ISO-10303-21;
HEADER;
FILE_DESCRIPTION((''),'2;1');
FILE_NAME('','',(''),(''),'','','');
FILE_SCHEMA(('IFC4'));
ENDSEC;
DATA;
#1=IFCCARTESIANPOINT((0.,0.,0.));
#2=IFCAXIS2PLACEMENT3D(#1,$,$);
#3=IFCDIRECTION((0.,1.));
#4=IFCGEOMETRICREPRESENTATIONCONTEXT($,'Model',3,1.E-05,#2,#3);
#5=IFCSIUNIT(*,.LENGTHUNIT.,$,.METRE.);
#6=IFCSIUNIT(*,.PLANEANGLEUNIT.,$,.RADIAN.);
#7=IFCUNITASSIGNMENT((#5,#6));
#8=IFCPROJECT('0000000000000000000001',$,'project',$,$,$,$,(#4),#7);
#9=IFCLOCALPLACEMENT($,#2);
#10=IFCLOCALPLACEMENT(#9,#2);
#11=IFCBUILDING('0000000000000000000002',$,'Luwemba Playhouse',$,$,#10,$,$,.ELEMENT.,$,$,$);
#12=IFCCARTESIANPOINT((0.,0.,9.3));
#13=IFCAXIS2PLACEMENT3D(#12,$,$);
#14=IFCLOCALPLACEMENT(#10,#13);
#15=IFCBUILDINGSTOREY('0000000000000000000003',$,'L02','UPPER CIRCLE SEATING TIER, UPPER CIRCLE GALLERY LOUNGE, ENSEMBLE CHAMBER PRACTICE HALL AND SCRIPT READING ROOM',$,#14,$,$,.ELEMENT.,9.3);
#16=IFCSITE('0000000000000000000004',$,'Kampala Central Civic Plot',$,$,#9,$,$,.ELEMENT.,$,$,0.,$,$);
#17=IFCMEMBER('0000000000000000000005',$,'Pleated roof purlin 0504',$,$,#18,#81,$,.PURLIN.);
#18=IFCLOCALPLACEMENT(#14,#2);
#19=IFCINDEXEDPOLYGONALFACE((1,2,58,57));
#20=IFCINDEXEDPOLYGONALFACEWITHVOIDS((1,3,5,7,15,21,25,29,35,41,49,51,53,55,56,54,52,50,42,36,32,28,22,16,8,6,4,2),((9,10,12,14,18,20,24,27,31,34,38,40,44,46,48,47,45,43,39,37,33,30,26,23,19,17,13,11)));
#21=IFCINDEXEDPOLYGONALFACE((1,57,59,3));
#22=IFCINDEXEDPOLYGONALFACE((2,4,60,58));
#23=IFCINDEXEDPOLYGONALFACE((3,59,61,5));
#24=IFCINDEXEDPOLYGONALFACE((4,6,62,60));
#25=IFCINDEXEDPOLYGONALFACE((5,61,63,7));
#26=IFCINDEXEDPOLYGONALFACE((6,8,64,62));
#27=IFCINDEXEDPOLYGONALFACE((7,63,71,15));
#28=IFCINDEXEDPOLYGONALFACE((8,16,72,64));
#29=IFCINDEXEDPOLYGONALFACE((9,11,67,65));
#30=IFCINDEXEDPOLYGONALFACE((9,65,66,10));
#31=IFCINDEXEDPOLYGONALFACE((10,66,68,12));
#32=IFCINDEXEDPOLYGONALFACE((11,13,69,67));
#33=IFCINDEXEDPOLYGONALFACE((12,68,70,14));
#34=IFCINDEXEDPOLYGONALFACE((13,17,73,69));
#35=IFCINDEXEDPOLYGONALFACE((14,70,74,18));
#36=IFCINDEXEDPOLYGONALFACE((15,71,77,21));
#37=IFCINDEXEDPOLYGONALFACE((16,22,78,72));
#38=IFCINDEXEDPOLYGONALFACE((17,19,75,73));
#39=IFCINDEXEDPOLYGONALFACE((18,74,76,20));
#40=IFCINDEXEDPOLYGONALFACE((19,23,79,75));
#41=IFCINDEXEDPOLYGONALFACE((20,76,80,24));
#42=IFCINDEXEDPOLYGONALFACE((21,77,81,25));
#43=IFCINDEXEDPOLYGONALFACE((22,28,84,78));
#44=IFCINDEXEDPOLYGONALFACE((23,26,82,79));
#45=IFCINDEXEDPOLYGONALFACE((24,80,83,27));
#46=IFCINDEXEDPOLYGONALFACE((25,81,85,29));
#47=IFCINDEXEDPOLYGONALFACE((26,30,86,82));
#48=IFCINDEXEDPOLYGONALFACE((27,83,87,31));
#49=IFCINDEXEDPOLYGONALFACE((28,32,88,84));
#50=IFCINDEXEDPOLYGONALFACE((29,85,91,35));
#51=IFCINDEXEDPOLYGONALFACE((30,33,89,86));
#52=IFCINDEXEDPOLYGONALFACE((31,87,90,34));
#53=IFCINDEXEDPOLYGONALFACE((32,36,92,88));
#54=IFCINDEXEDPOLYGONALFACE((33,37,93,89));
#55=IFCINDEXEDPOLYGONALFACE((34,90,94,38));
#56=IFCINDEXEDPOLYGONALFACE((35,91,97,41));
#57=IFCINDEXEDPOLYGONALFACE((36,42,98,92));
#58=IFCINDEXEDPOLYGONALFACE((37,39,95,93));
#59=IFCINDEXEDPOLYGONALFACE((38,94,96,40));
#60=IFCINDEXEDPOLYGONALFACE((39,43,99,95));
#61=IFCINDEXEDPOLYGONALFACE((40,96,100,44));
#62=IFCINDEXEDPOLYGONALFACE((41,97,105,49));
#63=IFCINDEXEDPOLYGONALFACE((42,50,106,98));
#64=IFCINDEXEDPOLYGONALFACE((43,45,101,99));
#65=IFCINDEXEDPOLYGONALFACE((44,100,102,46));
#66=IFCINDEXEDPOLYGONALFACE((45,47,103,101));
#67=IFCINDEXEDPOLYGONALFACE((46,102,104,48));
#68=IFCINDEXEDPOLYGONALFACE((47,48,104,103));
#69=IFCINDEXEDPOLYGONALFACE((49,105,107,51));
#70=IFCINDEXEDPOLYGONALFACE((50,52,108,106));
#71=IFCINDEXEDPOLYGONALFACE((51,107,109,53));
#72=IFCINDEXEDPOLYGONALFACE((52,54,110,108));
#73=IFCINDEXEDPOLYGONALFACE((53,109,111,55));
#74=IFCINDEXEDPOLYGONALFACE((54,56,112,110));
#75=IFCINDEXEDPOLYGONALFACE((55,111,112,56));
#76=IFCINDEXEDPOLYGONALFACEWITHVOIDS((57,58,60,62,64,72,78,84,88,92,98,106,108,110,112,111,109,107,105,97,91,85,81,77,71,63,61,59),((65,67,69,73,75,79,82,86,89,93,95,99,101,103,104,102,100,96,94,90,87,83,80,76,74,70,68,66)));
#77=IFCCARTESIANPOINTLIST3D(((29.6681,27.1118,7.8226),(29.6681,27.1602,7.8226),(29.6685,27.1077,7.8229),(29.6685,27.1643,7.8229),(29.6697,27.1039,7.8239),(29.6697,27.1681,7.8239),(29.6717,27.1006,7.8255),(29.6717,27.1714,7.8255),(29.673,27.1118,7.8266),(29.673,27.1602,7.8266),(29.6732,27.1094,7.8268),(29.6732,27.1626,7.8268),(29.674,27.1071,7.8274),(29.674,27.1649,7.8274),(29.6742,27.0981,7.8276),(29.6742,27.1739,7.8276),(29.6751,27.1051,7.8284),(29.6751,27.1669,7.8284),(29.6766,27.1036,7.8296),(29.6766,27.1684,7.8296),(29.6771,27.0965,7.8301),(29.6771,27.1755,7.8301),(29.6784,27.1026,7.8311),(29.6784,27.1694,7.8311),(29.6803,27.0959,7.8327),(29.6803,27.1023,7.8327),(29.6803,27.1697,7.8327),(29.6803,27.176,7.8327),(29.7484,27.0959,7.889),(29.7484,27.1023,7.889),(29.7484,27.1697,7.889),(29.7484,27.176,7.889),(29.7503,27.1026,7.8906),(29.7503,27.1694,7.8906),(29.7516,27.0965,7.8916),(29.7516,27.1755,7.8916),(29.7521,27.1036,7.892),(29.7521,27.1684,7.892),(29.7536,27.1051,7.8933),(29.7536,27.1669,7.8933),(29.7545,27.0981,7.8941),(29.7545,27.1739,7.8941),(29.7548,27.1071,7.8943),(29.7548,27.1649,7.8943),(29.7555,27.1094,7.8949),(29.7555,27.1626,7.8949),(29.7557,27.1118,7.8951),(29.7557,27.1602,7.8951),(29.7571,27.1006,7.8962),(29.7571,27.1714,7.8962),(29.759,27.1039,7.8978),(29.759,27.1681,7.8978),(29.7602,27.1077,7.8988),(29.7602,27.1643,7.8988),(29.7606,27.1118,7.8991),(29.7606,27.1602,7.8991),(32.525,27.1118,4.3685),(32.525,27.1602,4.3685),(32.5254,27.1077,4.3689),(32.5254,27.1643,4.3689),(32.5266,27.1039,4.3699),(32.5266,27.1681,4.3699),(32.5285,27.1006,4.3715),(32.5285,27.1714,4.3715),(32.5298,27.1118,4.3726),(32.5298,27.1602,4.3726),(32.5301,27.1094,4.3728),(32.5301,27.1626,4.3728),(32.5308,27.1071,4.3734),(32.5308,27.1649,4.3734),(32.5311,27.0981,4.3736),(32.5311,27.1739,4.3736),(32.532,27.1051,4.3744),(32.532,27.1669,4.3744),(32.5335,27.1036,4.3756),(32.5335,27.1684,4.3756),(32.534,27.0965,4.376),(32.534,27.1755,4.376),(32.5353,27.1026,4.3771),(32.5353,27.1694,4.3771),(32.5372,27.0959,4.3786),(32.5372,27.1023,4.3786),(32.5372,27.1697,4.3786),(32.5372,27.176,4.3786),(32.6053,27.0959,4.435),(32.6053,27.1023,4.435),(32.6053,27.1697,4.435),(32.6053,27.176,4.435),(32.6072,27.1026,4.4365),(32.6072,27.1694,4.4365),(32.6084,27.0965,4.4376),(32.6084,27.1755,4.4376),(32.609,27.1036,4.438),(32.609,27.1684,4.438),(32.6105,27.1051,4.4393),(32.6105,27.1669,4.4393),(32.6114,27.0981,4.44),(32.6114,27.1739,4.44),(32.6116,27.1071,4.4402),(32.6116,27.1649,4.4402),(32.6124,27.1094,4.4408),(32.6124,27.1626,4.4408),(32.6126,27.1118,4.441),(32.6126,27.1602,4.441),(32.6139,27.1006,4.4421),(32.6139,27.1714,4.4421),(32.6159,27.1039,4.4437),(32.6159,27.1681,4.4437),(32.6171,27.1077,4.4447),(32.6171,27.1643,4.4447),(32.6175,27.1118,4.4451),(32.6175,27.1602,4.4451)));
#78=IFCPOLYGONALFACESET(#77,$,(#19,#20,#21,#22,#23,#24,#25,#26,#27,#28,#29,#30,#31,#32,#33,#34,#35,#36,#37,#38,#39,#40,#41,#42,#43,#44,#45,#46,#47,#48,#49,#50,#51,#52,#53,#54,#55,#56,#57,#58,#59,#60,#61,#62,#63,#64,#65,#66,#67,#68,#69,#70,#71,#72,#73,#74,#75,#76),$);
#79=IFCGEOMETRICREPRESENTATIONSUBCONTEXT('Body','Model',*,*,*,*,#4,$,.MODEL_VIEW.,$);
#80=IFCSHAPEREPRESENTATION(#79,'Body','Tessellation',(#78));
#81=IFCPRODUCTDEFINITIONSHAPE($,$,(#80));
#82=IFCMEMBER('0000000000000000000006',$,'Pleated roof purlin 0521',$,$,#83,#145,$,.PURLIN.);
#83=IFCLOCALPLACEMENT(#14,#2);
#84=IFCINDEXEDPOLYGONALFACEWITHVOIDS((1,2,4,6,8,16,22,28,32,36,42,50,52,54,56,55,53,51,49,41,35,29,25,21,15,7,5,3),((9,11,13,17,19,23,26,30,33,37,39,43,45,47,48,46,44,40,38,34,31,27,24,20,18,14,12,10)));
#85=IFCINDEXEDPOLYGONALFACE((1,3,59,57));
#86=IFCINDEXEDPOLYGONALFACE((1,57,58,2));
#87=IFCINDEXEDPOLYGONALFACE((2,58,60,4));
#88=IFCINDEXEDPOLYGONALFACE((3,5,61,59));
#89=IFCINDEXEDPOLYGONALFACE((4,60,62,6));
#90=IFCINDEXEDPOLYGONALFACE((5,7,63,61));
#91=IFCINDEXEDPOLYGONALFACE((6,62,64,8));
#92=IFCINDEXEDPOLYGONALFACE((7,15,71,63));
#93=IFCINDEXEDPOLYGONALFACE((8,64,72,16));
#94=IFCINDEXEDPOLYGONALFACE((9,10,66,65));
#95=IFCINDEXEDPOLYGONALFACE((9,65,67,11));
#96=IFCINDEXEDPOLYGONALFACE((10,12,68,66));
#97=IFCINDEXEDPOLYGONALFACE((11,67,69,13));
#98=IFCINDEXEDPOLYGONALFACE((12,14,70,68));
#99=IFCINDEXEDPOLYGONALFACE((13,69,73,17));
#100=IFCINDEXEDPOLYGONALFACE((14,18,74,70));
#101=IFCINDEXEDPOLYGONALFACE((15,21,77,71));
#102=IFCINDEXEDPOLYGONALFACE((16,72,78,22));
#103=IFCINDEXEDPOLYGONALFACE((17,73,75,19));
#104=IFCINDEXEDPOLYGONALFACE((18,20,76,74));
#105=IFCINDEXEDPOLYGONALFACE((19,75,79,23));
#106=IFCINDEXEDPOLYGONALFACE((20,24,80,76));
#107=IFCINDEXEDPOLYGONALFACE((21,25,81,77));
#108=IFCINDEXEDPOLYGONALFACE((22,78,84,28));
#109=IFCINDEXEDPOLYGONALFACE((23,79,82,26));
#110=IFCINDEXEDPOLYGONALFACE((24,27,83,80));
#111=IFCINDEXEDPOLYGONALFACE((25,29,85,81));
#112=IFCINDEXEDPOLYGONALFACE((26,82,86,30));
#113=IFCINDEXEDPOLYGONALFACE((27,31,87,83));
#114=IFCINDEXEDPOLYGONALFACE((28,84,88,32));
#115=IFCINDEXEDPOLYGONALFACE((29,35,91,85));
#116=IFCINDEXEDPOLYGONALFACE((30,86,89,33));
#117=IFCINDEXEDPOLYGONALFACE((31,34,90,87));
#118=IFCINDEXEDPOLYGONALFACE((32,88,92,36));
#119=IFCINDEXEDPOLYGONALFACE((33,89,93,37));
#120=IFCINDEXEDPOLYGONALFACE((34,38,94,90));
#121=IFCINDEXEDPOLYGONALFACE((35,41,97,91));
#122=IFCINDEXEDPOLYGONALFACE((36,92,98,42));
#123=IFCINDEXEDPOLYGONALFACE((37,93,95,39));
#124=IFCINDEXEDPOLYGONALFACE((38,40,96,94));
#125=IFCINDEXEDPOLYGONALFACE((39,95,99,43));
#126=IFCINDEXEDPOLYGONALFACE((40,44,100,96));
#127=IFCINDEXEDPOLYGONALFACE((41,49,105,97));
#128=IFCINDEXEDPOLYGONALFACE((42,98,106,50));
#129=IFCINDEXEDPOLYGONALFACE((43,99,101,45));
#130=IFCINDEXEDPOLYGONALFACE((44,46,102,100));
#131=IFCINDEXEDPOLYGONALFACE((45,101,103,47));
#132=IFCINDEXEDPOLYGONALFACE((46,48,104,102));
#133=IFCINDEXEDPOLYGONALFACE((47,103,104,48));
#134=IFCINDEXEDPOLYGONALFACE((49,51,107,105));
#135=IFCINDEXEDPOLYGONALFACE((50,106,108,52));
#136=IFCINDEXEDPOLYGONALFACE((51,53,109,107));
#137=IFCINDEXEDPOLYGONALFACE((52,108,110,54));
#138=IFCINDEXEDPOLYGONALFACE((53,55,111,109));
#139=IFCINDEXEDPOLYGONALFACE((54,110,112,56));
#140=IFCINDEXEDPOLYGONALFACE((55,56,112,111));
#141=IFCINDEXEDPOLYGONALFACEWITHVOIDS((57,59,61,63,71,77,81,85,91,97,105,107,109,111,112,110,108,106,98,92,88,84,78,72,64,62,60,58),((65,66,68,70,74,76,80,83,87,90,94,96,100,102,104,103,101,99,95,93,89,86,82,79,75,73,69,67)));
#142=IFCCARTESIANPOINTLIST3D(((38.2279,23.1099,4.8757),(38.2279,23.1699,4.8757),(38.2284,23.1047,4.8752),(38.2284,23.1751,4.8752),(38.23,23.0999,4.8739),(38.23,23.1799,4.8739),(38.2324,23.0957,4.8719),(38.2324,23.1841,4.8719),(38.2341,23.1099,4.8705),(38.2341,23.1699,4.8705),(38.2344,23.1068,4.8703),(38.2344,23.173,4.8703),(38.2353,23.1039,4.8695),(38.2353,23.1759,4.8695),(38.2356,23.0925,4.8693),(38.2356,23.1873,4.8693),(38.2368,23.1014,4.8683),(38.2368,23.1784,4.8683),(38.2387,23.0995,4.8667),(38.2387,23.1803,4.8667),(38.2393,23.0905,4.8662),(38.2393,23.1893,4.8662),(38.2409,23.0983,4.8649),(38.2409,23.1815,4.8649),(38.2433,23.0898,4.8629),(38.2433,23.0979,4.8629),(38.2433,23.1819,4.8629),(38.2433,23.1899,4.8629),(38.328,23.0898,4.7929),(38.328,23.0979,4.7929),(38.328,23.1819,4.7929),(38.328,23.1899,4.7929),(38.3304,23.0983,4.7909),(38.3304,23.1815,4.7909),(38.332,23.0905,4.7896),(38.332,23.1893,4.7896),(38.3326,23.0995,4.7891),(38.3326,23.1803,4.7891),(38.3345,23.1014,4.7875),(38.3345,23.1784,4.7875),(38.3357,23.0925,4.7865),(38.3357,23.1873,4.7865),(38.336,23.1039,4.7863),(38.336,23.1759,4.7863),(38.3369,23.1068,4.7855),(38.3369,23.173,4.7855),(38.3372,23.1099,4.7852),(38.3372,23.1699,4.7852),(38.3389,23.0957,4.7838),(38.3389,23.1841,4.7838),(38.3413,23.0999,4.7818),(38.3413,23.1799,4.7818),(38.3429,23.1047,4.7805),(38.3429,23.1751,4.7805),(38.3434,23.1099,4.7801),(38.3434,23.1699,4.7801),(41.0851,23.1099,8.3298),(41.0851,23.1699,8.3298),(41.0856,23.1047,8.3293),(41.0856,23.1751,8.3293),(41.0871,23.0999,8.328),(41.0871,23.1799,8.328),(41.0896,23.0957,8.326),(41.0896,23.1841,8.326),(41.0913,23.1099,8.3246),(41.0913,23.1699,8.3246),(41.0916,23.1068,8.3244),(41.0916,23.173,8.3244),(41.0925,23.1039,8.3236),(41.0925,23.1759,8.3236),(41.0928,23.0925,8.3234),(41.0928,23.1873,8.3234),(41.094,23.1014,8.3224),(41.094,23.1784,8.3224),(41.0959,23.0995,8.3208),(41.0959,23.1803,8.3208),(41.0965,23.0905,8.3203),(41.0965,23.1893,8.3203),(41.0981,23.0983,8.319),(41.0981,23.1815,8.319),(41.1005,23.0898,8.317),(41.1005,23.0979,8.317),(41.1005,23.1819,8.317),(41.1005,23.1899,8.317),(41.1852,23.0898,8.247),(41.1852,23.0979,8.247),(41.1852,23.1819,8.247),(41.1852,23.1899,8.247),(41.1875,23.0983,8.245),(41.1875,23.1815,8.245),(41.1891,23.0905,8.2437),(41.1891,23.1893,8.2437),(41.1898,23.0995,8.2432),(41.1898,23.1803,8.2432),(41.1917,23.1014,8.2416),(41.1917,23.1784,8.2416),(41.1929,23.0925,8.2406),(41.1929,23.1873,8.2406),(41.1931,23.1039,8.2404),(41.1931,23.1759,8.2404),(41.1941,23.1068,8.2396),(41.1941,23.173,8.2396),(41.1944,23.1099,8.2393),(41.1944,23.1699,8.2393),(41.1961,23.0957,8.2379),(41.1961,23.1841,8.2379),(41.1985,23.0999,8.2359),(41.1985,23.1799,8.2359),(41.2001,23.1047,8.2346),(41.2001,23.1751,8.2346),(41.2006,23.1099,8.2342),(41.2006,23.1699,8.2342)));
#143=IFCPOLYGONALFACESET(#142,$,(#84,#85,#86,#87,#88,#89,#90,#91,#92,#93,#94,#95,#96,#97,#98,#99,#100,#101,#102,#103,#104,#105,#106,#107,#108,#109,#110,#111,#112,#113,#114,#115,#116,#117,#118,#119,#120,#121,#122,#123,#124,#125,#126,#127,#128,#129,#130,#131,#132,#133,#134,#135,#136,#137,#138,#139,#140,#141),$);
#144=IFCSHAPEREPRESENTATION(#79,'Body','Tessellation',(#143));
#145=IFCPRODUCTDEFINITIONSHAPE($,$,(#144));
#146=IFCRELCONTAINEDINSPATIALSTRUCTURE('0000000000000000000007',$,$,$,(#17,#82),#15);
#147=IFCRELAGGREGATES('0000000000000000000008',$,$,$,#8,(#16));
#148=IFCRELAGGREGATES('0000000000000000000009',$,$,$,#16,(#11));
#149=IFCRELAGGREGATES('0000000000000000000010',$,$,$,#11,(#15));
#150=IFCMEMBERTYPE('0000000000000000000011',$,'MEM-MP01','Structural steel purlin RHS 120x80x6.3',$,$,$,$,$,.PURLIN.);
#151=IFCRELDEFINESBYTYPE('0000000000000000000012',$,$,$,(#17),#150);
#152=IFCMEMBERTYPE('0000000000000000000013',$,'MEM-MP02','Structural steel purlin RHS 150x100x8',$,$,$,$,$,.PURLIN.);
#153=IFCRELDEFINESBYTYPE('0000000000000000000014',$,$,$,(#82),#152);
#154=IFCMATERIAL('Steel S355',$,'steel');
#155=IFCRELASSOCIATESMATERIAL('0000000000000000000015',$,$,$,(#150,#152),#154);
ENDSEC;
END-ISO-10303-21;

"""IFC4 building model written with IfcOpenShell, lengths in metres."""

from ifc_helpers import new_model, si_unit, direction, frame, origin, origin_2d, place, context, subcontext, project, spatial, hollow_rectangle, extrude, material, material_profile, profile_set, type_object, element, save


model = new_model("IFC4")

# Units and contexts
model_context = context("Model", 3, precision=1e-05, world=origin(), true_north=direction((0.0, 1.0)))
body_context = subcontext(model_context, "Body", "Model", "MODEL_VIEW")
ifc_project = project(units=[si_unit("LENGTHUNIT", "METRE"), si_unit("PLANEANGLEUNIT", "RADIAN")], contexts=[model_context])

# Site, building, storey
site_placement = place(None, origin())
site = spatial("IfcSite", under=ifc_project, at=site_placement, Name="Kampala Central Civic Plot", CompositionType="ELEMENT", RefElevation=0.0)
building_placement = place(site_placement, origin())
building = spatial("IfcBuilding", under=site, at=building_placement, Name="Luwemba Playhouse", CompositionType="ELEMENT")
storey_placement = place(building_placement, frame((0.0, 0.0, 9.3)))
storey = spatial("IfcBuildingStorey", under=building, at=storey_placement, Name="L02", Description="UPPER CIRCLE SEATING TIER, UPPER CIRCLE GALLERY LOUNGE, ENSEMBLE CHAMBER PRACTICE HALL AND SCRIPT READING ROOM", CompositionType="ELEMENT", Elevation=9.3)

# Shared definitions
ifc_material_1 = material(Name="Steel S355", Category="steel")

# Members
ifc_material_profile_1 = material_profile(ifc_material_1, hollow_rectangle(XDim=0.0801, YDim=0.1201, WallThickness=0.0063, InnerFilletRadius=0.0095, OuterFilletRadius=0.0159, at=origin_2d()))
ifc_profile_set_1 = profile_set([ifc_material_profile_1], Name="Steel S355")
member_type_1 = type_object("IfcMemberType", Name="MEM-MP01", Description="Structural steel purlin RHS 120x80x6.3", PredefinedType="PURLIN", material=ifc_profile_set_1)
member_1_placement = place(storey_placement, frame((29.7144, 27.136, 7.8608), z_axis=(0.637351, 0.0, -0.770573), x_axis=(0.0, 1.0, 0.0)))
element("IfcMember", 1, at=member_1_placement, inside=storey, type_object=member_type_1, Name="Pleated roof purlin 0504", PredefinedType="PURLIN", context=body_context, shape_type="SweptSolid", body=[
    extrude(hollow_rectangle(XDim=0.0801, YDim=0.1201, WallThickness=0.0063, InnerFilletRadius=0.0095, OuterFilletRadius=0.0159, at=origin_2d()), origin(), (0.0, 0.0, 1.0), 4.4824),
])
ifc_material_profile_2 = material_profile(ifc_material_1, hollow_rectangle(XDim=0.1001, YDim=0.1499, WallThickness=0.0081, InnerFilletRadius=0.012, OuterFilletRadius=0.02, at=origin_2d()))
ifc_profile_set_2 = profile_set([ifc_material_profile_2], Name="Steel S355")
member_type_2 = type_object("IfcMemberType", Name="MEM-MP02", Description="Structural steel purlin RHS 150x100x8", PredefinedType="PURLIN", material=ifc_profile_set_2)
member_2_placement = place(storey_placement, frame((38.2856, 23.1399, 4.8279), z_axis=(0.637384, 0.0, 0.770547), x_axis=(0.0, 1.0, 0.0)))
element("IfcMember", 2, at=member_2_placement, inside=storey, type_object=member_type_2, Name="Pleated roof purlin 0521", PredefinedType="PURLIN", context=body_context, shape_type="SweptSolid", body=[
    extrude(hollow_rectangle(XDim=0.1001, YDim=0.1499, WallThickness=0.0081, InnerFilletRadius=0.012, OuterFilletRadius=0.02, at=origin_2d()), origin(), (0.0, 0.0, 1.0), 4.4827),
])

save(model, "model.ifc")
